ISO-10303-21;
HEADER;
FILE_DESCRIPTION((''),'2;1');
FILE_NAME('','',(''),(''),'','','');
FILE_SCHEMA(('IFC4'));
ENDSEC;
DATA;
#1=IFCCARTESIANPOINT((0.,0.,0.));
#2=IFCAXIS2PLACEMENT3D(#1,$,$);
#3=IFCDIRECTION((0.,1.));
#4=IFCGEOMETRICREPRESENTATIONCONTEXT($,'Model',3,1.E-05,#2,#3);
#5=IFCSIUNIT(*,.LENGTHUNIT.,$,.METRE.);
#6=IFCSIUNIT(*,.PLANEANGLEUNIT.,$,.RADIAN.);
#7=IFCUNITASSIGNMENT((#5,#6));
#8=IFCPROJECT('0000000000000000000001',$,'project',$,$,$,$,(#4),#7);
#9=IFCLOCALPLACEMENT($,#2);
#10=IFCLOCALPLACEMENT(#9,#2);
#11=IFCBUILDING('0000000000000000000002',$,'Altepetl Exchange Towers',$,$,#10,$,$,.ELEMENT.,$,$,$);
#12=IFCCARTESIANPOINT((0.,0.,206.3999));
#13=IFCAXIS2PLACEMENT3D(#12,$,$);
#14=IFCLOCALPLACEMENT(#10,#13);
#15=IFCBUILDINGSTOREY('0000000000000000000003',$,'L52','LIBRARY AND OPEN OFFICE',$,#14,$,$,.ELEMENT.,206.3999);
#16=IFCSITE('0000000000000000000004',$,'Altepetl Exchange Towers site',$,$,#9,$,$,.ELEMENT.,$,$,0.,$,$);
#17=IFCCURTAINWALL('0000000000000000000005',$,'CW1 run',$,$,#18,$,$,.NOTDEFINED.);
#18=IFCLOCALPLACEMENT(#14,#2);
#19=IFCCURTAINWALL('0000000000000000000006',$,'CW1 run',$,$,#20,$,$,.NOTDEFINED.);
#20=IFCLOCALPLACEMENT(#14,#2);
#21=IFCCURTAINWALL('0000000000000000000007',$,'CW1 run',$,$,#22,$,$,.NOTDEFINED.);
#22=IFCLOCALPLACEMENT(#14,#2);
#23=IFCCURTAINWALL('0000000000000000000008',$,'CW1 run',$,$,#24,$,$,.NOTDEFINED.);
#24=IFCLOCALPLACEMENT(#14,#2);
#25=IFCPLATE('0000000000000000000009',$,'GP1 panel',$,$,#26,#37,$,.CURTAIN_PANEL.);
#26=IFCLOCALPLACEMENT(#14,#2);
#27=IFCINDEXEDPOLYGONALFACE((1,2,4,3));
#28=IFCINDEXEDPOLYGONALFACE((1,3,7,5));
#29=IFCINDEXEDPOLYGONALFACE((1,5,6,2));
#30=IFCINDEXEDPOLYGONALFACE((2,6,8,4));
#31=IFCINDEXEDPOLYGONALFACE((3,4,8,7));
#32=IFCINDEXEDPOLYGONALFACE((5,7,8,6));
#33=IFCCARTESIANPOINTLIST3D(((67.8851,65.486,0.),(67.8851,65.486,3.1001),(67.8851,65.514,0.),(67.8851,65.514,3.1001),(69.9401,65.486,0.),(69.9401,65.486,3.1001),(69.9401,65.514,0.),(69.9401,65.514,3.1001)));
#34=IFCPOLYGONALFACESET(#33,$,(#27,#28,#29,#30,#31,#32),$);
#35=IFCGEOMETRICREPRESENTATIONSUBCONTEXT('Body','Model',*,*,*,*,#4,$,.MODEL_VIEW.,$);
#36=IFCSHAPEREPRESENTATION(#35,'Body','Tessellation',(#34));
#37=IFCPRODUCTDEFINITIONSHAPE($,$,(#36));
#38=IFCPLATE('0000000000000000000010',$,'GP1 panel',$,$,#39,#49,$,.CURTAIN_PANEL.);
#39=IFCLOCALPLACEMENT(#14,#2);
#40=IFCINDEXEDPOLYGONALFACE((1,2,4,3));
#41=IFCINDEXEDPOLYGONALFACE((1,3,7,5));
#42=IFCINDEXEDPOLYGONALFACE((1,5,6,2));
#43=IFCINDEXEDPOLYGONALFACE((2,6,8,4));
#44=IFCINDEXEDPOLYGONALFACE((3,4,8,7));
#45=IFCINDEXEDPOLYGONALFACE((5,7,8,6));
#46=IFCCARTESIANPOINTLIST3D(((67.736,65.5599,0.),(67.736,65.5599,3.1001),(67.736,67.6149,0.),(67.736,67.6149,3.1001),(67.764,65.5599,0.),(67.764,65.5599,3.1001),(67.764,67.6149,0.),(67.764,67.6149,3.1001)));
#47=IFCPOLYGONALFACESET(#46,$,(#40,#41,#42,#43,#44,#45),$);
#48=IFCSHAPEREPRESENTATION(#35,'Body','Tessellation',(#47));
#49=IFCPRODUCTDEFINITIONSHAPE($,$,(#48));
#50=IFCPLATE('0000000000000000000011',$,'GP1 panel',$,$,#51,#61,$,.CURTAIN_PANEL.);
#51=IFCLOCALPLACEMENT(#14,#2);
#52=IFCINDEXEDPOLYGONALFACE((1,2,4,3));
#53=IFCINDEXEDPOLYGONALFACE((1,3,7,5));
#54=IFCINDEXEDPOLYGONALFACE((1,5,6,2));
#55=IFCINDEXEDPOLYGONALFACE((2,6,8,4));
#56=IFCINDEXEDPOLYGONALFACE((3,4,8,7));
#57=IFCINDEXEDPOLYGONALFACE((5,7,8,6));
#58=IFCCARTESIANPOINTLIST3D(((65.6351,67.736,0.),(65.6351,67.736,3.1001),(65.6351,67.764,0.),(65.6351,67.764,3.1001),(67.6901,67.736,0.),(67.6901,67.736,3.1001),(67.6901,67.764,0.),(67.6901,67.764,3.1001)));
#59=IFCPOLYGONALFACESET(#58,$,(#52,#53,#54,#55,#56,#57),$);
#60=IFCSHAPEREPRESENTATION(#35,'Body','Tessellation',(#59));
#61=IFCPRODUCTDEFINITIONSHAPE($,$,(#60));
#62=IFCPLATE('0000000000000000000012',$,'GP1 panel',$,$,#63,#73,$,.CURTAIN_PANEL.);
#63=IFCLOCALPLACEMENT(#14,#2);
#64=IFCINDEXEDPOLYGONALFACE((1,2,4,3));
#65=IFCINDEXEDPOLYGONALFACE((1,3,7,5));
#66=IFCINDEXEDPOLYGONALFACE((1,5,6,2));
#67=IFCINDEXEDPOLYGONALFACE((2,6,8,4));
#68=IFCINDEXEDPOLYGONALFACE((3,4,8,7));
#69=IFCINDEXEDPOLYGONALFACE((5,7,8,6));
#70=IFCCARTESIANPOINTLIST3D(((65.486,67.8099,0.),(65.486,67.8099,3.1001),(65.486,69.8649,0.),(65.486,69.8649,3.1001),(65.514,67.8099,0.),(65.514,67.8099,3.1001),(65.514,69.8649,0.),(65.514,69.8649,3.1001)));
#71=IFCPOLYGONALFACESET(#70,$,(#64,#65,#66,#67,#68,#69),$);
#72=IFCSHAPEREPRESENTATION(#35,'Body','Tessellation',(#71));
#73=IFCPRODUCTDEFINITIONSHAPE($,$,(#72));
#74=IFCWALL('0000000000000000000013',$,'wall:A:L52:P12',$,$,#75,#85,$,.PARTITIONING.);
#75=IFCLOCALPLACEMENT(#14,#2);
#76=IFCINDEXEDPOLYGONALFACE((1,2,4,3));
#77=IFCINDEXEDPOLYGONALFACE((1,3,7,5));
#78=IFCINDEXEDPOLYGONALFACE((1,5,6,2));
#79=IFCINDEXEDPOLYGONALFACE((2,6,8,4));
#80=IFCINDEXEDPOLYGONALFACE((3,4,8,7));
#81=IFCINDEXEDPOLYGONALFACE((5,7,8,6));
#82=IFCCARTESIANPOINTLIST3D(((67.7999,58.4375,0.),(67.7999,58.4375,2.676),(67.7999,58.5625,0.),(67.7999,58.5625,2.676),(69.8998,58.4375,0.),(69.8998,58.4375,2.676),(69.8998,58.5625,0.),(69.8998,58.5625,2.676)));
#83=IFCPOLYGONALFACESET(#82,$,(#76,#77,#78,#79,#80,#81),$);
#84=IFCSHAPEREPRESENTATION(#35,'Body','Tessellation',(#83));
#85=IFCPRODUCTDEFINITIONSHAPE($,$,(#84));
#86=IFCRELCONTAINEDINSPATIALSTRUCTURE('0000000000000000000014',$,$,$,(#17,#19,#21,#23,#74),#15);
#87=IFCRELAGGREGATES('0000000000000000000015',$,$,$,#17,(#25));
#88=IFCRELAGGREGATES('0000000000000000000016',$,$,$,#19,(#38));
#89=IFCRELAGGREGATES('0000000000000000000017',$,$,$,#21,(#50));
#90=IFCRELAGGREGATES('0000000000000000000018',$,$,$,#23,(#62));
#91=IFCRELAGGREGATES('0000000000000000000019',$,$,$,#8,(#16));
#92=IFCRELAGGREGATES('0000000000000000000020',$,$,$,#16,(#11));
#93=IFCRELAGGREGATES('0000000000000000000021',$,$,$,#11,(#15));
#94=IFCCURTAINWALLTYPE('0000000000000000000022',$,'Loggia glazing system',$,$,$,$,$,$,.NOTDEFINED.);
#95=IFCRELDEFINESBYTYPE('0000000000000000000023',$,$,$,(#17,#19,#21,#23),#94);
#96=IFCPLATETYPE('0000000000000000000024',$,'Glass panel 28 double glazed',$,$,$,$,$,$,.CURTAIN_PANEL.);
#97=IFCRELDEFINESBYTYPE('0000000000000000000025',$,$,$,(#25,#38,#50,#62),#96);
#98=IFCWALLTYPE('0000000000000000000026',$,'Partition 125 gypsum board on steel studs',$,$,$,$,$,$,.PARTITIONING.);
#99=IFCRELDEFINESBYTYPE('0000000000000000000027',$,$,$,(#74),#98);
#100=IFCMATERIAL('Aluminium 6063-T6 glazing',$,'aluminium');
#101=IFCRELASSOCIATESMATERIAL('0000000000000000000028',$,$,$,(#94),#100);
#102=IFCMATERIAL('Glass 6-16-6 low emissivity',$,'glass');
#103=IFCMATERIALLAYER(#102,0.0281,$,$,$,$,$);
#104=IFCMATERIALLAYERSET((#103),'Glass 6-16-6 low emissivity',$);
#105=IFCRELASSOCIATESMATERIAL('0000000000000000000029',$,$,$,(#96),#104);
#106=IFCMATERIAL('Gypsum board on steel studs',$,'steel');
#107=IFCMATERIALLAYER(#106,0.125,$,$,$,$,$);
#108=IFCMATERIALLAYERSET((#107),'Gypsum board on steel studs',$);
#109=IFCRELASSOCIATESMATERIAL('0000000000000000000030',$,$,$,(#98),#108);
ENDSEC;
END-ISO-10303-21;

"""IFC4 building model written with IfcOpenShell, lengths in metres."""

from ifc_helpers import new_model, si_unit, direction, frame, frame_2d, origin, origin_2d, place, context, subcontext, project, spatial, rectangle, extrude, material, layer, layer_set, type_object, element, aggregate, save


model = new_model("IFC4")

# Units and contexts
model_context = context("Model", 3, precision=1e-05, world=origin(), true_north=direction((0.0, 1.0)))
body_context = subcontext(model_context, "Body", "Model", "MODEL_VIEW")
ifc_project = project(units=[si_unit("LENGTHUNIT", "METRE"), si_unit("PLANEANGLEUNIT", "RADIAN")], contexts=[model_context])

# Site, building, storey
site_placement = place(None, origin())
site = spatial("IfcSite", under=ifc_project, at=site_placement, Name="Altepetl Exchange Towers site", CompositionType="ELEMENT", RefElevation=0.0)
building_placement = place(site_placement, origin())
building = spatial("IfcBuilding", under=site, at=building_placement, Name="Altepetl Exchange Towers", CompositionType="ELEMENT")
storey_placement = place(building_placement, frame((0.0, 0.0, 206.3999)))
storey = spatial("IfcBuildingStorey", under=building, at=storey_placement, Name="L52", Description="LIBRARY AND OPEN OFFICE", CompositionType="ELEMENT", Elevation=206.3999)

# Shared definitions
ifc_material_1 = material(Name="Aluminium 6063-T6 glazing", Category="aluminium")
curtain_wall_type = type_object("IfcCurtainWallType", Name="Loggia glazing system", PredefinedType="NOTDEFINED", material=ifc_material_1)

# Curtain walls
curtain_wall_1_placement = place(storey_placement, origin())
curtain_wall_1 = element("IfcCurtainWall", 1, at=curtain_wall_1_placement, inside=storey, type_object=curtain_wall_type, Name="CW1 run", PredefinedType="NOTDEFINED")
curtain_wall_2_placement = place(storey_placement, origin())
curtain_wall_2 = element("IfcCurtainWall", 2, at=curtain_wall_2_placement, inside=storey, type_object=curtain_wall_type, Name="CW1 run", PredefinedType="NOTDEFINED")
curtain_wall_3_placement = place(storey_placement, origin())
curtain_wall_3 = element("IfcCurtainWall", 3, at=curtain_wall_3_placement, inside=storey, type_object=curtain_wall_type, Name="CW1 run", PredefinedType="NOTDEFINED")

# Curtain wall
curtain_wall_4_placement = place(storey_placement, origin())
curtain_wall_4 = element("IfcCurtainWall", 4, at=curtain_wall_4_placement, inside=storey, type_object=curtain_wall_type, Name="CW1 run", PredefinedType="NOTDEFINED")

# Plates
ifc_material_2 = material(Name="Glass 6-16-6 low emissivity", Category="glass")
ifc_layer_1 = layer(ifc_material_2, 0.0281)
ifc_layer_set_1 = layer_set([ifc_layer_1], Name="Glass 6-16-6 low emissivity")
plate_type = type_object("IfcPlateType", Name="Glass panel 28 double glazed", PredefinedType="CURTAIN_PANEL", material=ifc_layer_set_1)
plate_1_placement = place(storey_placement, frame((68.9126, 65.5, 0.0), z_axis=(0.0, 0.0, 1.0), x_axis=(-1.0, 0.0, 0.0)))
plate_1 = element("IfcPlate", 5, at=plate_1_placement, type_object=plate_type, Name="GP1 panel", PredefinedType="CURTAIN_PANEL", context=body_context, shape_type="SweptSolid", body=[
    extrude(rectangle(XDim=2.0549, YDim=0.0281, at=origin_2d()), origin(), (0.0, 0.0, 1.0), 3.1001),
])
aggregate(curtain_wall_1, [plate_1])
plate_2_placement = place(storey_placement, frame((67.75, 66.5874, 0.0), z_axis=(0.0, 0.0, 1.0), x_axis=(0.0, 1.0, 0.0)))
plate_2 = element("IfcPlate", 6, at=plate_2_placement, type_object=plate_type, Name="GP1 panel", PredefinedType="CURTAIN_PANEL", context=body_context, shape_type="SweptSolid", body=[
    extrude(rectangle(XDim=2.0549, YDim=0.0281, at=origin_2d()), origin(), (0.0, 0.0, 1.0), 3.1001),
])
aggregate(curtain_wall_2, [plate_2])
plate_3_placement = place(storey_placement, frame((66.6626, 67.75, 0.0), z_axis=(0.0, 0.0, 1.0), x_axis=(-1.0, 0.0, 0.0)))
plate_3 = element("IfcPlate", 7, at=plate_3_placement, type_object=plate_type, Name="GP1 panel", PredefinedType="CURTAIN_PANEL", context=body_context, shape_type="SweptSolid", body=[
    extrude(rectangle(XDim=2.0549, YDim=0.0281, at=origin_2d()), origin(), (0.0, 0.0, 1.0), 3.1001),
])
aggregate(curtain_wall_3, [plate_3])
plate_4_placement = place(storey_placement, frame((65.5, 68.8374, 0.0), z_axis=(0.0, 0.0, 1.0), x_axis=(0.0, 1.0, 0.0)))
plate_4 = element("IfcPlate", 8, at=plate_4_placement, type_object=plate_type, Name="GP1 panel", PredefinedType="CURTAIN_PANEL", context=body_context, shape_type="SweptSolid", body=[
    extrude(rectangle(XDim=2.0549, YDim=0.0281, at=origin_2d()), origin(), (0.0, 0.0, 1.0), 3.1001),
])
aggregate(curtain_wall_4, [plate_4])

# Wall
ifc_material_3 = material(Name="Gypsum board on steel studs", Category="steel")
ifc_layer_2 = layer(ifc_material_3, 0.125)
ifc_layer_set_2 = layer_set([ifc_layer_2], Name="Gypsum board on steel studs")
wall_type = type_object("IfcWallType", Name="Partition 125 gypsum board on steel studs", PredefinedType="PARTITIONING", material=ifc_layer_set_2)
wall_placement = place(storey_placement, frame((67.8, 58.5, 0.0)))
element("IfcWall", 9, at=wall_placement, inside=storey, type_object=wall_type, Name="wall:A:L52:P12", PredefinedType="PARTITIONING", context=body_context, shape_type="SweptSolid", body=[
    extrude(rectangle(XDim=2.0999, YDim=0.125, at=frame_2d((1.0498, 0.0))), origin(), (0.0, 0.0, 1.0), 2.676),
])

save(model, "model.ifc")
